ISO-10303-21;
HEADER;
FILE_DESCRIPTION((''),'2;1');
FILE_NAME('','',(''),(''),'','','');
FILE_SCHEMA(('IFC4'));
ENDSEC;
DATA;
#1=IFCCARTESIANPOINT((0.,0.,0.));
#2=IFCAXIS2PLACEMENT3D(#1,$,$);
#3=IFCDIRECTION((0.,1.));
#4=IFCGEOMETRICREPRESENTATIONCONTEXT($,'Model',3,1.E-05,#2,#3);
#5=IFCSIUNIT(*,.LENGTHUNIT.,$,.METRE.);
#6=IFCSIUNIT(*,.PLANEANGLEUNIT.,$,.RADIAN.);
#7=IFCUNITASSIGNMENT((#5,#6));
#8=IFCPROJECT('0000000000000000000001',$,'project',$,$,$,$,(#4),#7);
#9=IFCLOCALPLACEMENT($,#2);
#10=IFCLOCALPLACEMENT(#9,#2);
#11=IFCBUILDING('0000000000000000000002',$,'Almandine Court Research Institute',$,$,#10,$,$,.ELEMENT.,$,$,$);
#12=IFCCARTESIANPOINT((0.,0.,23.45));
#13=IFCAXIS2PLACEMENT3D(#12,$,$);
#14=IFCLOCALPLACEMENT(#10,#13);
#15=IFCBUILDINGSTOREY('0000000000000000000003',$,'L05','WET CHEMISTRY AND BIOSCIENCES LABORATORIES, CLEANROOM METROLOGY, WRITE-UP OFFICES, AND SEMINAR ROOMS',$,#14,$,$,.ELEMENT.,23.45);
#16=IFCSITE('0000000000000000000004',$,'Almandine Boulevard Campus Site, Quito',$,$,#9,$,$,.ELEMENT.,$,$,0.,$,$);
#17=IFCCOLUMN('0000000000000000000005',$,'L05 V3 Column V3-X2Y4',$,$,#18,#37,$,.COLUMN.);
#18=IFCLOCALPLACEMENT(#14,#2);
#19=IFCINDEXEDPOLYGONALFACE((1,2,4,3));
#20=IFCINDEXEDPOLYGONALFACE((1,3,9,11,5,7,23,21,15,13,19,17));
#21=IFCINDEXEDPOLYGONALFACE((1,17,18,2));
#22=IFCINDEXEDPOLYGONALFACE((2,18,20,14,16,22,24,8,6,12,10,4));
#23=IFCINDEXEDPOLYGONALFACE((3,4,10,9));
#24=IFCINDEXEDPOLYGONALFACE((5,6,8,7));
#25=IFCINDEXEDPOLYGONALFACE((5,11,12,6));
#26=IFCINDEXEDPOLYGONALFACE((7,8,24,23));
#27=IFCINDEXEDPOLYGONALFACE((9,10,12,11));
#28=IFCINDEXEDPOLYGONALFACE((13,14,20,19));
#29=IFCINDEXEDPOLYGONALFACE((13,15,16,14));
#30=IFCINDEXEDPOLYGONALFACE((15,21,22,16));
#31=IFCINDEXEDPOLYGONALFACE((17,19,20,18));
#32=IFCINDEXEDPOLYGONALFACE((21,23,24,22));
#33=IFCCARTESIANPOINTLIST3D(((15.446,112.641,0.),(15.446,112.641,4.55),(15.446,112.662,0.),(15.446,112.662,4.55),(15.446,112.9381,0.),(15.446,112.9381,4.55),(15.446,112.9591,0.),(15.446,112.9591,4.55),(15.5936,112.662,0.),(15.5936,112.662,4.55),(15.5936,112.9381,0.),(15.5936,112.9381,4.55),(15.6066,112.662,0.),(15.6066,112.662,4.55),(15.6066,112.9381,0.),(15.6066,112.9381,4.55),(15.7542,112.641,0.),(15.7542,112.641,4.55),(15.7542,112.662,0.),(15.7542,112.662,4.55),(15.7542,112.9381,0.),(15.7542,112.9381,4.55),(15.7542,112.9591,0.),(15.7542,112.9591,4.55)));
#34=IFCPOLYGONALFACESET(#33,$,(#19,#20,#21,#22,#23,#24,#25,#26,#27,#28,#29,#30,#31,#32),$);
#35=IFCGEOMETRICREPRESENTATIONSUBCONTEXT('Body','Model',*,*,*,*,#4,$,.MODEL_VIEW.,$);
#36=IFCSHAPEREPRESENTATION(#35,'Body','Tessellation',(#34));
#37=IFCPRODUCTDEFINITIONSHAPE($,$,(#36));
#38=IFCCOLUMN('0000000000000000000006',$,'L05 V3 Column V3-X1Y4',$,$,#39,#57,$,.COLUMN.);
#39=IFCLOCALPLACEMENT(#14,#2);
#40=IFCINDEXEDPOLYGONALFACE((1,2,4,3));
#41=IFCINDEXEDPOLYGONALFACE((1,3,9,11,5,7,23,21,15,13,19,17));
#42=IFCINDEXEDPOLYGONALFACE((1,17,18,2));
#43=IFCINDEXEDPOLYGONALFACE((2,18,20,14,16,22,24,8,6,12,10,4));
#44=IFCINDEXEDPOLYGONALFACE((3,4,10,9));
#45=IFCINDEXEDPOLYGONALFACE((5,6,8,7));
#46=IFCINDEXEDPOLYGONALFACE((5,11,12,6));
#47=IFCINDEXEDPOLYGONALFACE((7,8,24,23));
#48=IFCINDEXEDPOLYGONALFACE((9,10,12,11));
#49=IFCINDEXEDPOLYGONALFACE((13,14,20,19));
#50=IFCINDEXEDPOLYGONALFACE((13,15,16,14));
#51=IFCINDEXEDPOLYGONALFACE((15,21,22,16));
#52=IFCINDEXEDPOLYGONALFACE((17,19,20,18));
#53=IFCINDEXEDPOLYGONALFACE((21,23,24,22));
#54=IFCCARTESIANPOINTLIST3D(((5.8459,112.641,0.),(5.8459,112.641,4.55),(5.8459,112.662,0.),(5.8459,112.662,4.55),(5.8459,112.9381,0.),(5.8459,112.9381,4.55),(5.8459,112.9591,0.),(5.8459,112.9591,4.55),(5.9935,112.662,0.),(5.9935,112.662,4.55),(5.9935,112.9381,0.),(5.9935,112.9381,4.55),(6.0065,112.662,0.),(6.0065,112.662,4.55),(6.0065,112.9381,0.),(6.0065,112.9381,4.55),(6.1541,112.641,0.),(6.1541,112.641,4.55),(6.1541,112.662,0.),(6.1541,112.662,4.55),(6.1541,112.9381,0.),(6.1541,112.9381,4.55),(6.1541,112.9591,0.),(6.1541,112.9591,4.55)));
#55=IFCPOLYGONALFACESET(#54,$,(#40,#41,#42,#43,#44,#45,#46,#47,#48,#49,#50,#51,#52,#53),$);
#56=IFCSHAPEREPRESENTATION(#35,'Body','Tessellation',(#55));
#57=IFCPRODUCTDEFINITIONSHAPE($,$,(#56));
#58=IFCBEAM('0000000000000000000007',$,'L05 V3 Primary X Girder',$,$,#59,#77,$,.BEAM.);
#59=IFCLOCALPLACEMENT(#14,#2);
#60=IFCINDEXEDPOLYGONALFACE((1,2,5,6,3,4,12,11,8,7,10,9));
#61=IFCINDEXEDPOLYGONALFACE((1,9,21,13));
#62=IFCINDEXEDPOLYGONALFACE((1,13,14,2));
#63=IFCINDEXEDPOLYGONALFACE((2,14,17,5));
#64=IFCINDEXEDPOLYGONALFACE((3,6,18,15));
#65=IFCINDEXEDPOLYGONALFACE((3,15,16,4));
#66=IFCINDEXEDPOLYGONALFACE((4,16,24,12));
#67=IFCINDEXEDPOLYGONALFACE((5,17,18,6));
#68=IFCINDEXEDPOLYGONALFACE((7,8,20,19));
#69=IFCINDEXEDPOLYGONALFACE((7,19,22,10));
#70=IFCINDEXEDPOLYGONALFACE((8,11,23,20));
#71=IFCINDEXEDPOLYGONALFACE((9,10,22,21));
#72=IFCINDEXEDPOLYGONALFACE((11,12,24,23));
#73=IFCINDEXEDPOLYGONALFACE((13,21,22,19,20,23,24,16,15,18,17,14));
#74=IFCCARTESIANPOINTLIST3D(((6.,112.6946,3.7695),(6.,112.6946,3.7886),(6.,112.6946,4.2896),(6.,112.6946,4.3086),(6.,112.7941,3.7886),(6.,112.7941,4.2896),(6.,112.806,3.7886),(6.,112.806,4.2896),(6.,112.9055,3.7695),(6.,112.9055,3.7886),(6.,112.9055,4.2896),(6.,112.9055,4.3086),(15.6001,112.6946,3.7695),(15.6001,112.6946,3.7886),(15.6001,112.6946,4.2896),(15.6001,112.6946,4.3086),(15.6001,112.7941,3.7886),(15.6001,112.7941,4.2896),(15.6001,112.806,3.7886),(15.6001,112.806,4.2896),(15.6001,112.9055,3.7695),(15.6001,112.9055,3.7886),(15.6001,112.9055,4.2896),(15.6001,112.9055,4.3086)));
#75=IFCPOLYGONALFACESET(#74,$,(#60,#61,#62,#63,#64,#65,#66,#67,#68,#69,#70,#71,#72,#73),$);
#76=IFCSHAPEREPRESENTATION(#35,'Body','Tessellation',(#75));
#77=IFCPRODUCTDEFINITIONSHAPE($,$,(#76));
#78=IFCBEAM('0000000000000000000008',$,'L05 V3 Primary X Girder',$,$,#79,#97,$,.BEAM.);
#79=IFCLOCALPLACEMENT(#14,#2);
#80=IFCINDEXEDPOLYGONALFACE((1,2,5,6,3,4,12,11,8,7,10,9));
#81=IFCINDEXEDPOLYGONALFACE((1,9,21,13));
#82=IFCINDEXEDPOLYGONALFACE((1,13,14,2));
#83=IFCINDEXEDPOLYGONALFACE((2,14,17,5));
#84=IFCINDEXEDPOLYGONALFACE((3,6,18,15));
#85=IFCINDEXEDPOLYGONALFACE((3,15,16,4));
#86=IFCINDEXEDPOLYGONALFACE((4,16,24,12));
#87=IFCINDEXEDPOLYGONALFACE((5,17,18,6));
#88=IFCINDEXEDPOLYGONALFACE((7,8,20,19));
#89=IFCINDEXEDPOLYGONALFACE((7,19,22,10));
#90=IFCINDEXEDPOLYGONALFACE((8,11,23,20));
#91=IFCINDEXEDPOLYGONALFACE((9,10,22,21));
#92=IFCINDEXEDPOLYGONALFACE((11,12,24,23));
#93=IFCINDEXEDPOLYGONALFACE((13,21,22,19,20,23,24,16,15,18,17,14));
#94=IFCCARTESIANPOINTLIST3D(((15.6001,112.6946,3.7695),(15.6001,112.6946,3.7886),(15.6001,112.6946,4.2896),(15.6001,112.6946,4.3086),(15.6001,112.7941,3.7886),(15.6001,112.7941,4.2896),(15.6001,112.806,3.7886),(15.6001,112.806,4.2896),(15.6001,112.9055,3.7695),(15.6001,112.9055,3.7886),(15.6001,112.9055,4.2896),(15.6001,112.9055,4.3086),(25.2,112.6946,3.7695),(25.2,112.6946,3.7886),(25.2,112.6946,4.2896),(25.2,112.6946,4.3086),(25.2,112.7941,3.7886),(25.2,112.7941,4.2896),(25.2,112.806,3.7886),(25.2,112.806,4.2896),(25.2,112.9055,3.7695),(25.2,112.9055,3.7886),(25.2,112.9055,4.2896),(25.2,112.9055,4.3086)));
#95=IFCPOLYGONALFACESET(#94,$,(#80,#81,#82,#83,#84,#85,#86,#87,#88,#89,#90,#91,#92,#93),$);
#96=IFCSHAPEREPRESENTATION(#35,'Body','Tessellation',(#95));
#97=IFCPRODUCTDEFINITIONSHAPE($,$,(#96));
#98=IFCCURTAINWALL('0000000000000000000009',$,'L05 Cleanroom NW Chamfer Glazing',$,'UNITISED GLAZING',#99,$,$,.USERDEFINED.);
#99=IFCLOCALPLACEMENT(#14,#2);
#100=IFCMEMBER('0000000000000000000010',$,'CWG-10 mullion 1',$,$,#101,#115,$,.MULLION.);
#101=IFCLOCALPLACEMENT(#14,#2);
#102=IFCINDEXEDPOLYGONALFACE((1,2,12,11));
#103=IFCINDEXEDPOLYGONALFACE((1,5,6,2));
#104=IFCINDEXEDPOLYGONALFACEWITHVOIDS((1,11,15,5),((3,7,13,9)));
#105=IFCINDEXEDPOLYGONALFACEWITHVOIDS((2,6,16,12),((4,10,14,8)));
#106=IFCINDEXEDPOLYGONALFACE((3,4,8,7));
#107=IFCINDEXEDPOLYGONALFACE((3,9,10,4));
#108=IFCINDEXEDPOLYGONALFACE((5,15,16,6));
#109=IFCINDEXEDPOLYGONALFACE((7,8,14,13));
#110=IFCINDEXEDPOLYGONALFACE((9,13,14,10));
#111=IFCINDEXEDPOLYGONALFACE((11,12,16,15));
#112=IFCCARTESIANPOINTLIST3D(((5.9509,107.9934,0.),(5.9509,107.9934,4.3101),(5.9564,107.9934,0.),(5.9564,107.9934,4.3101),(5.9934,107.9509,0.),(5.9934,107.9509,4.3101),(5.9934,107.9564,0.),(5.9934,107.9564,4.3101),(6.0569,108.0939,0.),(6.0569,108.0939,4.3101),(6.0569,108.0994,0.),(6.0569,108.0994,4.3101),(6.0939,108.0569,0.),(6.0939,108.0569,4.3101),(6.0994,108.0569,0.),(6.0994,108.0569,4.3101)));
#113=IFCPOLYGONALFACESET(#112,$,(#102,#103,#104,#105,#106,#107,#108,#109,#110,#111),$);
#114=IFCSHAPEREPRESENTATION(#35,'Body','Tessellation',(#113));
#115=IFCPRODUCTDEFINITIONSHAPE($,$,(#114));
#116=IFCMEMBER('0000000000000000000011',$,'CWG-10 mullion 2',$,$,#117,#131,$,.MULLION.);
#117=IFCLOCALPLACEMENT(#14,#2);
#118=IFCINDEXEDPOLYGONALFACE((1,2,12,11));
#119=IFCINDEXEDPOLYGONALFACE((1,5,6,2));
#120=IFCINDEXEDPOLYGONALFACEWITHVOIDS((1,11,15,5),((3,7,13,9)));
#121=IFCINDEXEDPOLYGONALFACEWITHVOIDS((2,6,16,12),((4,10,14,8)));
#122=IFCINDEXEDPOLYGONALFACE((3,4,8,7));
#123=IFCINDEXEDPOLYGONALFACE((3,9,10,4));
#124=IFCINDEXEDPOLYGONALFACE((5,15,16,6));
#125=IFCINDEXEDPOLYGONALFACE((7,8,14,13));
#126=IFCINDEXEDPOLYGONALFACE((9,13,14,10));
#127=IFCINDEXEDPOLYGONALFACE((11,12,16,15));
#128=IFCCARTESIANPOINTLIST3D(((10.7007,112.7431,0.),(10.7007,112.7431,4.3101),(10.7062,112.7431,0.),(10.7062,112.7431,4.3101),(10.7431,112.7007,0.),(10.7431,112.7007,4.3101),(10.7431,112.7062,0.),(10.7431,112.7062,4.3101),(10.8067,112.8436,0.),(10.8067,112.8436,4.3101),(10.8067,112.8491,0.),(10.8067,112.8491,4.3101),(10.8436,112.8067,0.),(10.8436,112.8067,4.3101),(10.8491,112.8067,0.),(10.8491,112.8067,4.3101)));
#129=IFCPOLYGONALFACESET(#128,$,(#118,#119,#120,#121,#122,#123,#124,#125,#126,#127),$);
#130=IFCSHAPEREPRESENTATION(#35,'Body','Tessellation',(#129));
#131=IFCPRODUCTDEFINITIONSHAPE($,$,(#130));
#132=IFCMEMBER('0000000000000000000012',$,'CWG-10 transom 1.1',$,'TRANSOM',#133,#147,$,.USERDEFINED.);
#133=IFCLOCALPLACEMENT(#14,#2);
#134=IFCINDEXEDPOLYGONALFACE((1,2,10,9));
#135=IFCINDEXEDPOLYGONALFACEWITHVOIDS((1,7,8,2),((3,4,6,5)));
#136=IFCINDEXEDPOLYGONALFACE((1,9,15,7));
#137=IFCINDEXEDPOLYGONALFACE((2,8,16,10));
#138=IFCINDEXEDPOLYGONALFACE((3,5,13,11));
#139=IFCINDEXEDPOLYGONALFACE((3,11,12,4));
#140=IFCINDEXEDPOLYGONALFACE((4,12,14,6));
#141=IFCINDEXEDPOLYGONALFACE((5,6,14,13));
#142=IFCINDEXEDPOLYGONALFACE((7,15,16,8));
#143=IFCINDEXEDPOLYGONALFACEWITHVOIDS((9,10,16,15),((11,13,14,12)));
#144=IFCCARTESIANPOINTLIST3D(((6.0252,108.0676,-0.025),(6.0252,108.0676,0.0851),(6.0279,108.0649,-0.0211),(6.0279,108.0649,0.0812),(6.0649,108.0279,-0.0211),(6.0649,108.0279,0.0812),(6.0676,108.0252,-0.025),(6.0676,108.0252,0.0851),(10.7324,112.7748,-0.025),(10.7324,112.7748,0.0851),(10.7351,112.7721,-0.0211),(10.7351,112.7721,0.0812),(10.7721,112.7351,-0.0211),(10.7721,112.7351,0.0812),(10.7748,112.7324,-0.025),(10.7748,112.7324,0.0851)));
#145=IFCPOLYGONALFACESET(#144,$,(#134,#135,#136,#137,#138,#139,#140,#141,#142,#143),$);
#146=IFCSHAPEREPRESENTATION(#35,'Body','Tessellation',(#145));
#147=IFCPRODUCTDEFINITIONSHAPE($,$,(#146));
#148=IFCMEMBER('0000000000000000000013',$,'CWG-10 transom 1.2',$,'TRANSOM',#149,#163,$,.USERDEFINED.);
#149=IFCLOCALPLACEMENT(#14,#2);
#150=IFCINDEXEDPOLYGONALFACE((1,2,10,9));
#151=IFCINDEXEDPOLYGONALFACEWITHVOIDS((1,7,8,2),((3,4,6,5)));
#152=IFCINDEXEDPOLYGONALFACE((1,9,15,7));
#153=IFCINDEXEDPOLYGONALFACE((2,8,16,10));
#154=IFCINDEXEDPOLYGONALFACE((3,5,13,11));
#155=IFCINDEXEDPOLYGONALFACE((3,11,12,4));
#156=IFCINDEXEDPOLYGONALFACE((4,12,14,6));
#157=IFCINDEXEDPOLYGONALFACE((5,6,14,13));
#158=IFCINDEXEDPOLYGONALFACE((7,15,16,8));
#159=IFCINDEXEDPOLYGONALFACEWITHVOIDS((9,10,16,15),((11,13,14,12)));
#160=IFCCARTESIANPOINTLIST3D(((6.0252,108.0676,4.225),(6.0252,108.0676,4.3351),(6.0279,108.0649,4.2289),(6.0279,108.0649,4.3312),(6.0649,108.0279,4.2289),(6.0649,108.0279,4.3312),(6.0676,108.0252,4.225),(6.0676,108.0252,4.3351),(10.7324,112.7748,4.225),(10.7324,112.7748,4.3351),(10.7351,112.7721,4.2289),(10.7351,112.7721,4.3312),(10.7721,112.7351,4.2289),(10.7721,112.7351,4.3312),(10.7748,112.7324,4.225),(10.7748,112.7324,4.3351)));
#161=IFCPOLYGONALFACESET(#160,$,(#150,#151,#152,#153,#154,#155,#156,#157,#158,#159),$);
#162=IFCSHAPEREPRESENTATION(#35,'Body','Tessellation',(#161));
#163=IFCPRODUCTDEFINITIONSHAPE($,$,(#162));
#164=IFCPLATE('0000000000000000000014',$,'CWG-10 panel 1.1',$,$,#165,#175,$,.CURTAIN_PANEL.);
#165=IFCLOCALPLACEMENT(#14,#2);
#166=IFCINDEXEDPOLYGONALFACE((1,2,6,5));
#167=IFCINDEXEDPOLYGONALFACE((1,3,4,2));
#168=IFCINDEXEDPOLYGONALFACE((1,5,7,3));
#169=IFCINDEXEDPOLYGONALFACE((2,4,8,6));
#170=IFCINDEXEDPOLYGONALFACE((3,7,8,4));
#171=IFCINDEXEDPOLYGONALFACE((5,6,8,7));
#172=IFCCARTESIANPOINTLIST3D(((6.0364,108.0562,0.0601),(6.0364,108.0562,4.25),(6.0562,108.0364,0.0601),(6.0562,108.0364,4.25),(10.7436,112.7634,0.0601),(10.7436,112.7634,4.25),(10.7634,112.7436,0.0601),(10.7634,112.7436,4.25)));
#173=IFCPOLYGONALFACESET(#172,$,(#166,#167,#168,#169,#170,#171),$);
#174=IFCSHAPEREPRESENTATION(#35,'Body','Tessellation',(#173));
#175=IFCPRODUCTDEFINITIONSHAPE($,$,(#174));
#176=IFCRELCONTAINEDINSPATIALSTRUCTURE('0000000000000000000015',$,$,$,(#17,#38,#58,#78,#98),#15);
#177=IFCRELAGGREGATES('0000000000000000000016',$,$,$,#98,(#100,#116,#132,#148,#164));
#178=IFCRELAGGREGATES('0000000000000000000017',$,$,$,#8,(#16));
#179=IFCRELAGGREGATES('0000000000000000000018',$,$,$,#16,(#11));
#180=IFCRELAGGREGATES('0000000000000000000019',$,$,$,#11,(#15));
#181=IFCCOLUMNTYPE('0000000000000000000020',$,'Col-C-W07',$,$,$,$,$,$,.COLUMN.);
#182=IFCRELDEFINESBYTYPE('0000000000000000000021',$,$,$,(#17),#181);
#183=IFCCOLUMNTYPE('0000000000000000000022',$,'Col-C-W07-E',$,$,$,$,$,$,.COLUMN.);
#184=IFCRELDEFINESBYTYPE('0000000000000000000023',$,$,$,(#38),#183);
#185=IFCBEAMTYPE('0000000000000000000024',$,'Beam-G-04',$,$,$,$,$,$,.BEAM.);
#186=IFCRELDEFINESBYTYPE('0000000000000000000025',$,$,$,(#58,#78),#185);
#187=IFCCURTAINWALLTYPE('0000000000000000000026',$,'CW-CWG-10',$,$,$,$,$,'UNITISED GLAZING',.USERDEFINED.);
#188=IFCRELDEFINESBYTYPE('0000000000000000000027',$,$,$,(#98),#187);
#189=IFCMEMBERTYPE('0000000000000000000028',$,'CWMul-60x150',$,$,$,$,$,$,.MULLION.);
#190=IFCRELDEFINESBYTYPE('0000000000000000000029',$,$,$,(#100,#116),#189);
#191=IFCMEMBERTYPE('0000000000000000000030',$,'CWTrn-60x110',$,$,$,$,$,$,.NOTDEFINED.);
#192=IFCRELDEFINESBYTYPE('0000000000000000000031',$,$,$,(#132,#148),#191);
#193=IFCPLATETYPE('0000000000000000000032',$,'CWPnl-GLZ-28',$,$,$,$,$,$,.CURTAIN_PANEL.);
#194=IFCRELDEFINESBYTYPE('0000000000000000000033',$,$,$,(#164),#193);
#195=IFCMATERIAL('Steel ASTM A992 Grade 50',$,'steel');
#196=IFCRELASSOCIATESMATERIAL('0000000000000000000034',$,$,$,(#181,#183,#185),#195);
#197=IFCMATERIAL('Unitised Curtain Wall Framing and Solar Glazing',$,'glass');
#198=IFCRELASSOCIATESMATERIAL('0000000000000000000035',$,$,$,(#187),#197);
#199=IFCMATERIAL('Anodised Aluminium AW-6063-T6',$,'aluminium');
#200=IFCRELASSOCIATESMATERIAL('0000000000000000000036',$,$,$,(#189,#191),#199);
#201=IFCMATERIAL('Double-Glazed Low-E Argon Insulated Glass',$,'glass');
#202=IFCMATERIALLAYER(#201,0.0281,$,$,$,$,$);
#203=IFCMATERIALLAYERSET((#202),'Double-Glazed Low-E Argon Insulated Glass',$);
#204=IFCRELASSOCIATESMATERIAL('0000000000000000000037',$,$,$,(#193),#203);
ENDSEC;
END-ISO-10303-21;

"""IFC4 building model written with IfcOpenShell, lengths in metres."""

from ifc_helpers import new_model, si_unit, direction, frame, origin, origin_2d, place, context, subcontext, project, spatial, rectangle, hollow_rectangle, i_section, extrude, material, layer, layer_set, material_profile, profile_set, type_object, element, aggregate, save


model = new_model("IFC4")

# Units and contexts
model_context = context("Model", 3, precision=1e-05, world=origin(), true_north=direction((0.0, 1.0)))
body_context = subcontext(model_context, "Body", "Model", "MODEL_VIEW")
ifc_project = project(units=[si_unit("LENGTHUNIT", "METRE"), si_unit("PLANEANGLEUNIT", "RADIAN")], contexts=[model_context])

# Site, building, storey
site_placement = place(None, origin())
site = spatial("IfcSite", under=ifc_project, at=site_placement, Name="Almandine Boulevard Campus Site, Quito", CompositionType="ELEMENT", RefElevation=0.0)
building_placement = place(site_placement, origin())
building = spatial("IfcBuilding", under=site, at=building_placement, Name="Almandine Court Research Institute", CompositionType="ELEMENT")
storey_placement = place(building_placement, frame((0.0, 0.0, 23.45)))
storey = spatial("IfcBuildingStorey", under=building, at=storey_placement, Name="L05", Description="WET CHEMISTRY AND BIOSCIENCES LABORATORIES, CLEANROOM METROLOGY, WRITE-UP OFFICES, AND SEMINAR ROOMS", CompositionType="ELEMENT", Elevation=23.45)

# Columns
ifc_material_1 = material(Name="Steel ASTM A992 Grade 50", Category="steel")
ifc_material_profile_1 = material_profile(ifc_material_1, i_section(OverallWidth=0.3081, OverallDepth=0.3181, WebThickness=0.0129, FlangeThickness=0.021, at=origin_2d()), Name="W310x129")
ifc_profile_set_1 = profile_set([ifc_material_profile_1], Name="Steel ASTM A992 Grade 50")
column_type_1 = type_object("IfcColumnType", Name="Col-C-W07", PredefinedType="COLUMN", material=ifc_profile_set_1)
column_1_placement = place(storey_placement, frame((15.6001, 112.8, 0.0), z_axis=(0.0, 0.0, 1.0), x_axis=(1.0, 0.0, 0.0)))
element("IfcColumn", 1, at=column_1_placement, inside=storey, type_object=column_type_1, Name="L05 V3 Column V3-X2Y4", PredefinedType="COLUMN", context=body_context, shape_type="SweptSolid", body=[
    extrude(i_section(OverallWidth=0.3081, OverallDepth=0.3181, WebThickness=0.0129, FlangeThickness=0.021, at=origin_2d()), origin(), (0.0, 0.0, 1.0), 4.55),
])
ifc_material_profile_2 = material_profile(ifc_material_1, i_section(OverallWidth=0.3081, OverallDepth=0.3181, WebThickness=0.0129, FlangeThickness=0.021, at=origin_2d()), Name="W310x129")
ifc_profile_set_2 = profile_set([ifc_material_profile_2], Name="Steel ASTM A992 Grade 50")
column_type_2 = type_object("IfcColumnType", Name="Col-C-W07-E", PredefinedType="COLUMN", material=ifc_profile_set_2)
column_2_placement = place(storey_placement, frame((6.0, 112.8, 0.0), z_axis=(0.0, 0.0, 1.0), x_axis=(1.0, 0.0, 0.0)))
element("IfcColumn", 2, at=column_2_placement, inside=storey, type_object=column_type_2, Name="L05 V3 Column V3-X1Y4", PredefinedType="COLUMN", context=body_context, shape_type="SweptSolid", body=[
    extrude(i_section(OverallWidth=0.3081, OverallDepth=0.3181, WebThickness=0.0129, FlangeThickness=0.021, at=origin_2d()), origin(), (0.0, 0.0, 1.0), 4.55),
])

# Beams
ifc_material_profile_3 = material_profile(ifc_material_1, i_section(OverallWidth=0.2109, OverallDepth=0.5391, WebThickness=0.012, FlangeThickness=0.019, at=origin_2d()), Name="W530x109")
ifc_profile_set_3 = profile_set([ifc_material_profile_3], Name="Steel ASTM A992 Grade 50")
beam_type = type_object("IfcBeamType", Name="Beam-G-04", PredefinedType="BEAM", material=ifc_profile_set_3)
beam_1_placement = place(storey_placement, frame((6.0, 112.8, 4.0391), z_axis=(1.0, 0.0, 0.0), x_axis=(0.0, 1.0, 0.0)))
element("IfcBeam", 3, at=beam_1_placement, inside=storey, type_object=beam_type, Name="L05 V3 Primary X Girder", PredefinedType="BEAM", context=body_context, shape_type="SweptSolid", body=[
    extrude(i_section(OverallWidth=0.2109, OverallDepth=0.5391, WebThickness=0.012, FlangeThickness=0.019, at=origin_2d()), origin(), (0.0, 0.0, 1.0), 9.6001),
])
beam_2_placement = place(storey_placement, frame((15.6001, 112.8, 4.0391), z_axis=(1.0, 0.0, 0.0), x_axis=(0.0, 1.0, 0.0)))
element("IfcBeam", 4, at=beam_2_placement, inside=storey, type_object=beam_type, Name="L05 V3 Primary X Girder", PredefinedType="BEAM", context=body_context, shape_type="SweptSolid", body=[
    extrude(i_section(OverallWidth=0.2109, OverallDepth=0.5391, WebThickness=0.012, FlangeThickness=0.019, at=origin_2d()), origin(), (0.0, 0.0, 1.0), 9.5999),
])

# Curtain wall, members, plate
ifc_material_2 = material(Name="Unitised Curtain Wall Framing and Solar Glazing", Category="glass")
curtain_wall_type = type_object("IfcCurtainWallType", Name="CW-CWG-10", ElementType="UNITISED GLAZING", PredefinedType="USERDEFINED", material=ifc_material_2)
curtain_wall_placement = place(storey_placement, origin())
curtain_wall = element("IfcCurtainWall", 5, at=curtain_wall_placement, inside=storey, type_object=curtain_wall_type, Name="L05 Cleanroom NW Chamfer Glazing", ObjectType="UNITISED GLAZING", PredefinedType="USERDEFINED")
ifc_material_3 = material(Name="Anodised Aluminium AW-6063-T6", Category="aluminium")
ifc_material_profile_4 = material_profile(ifc_material_3, hollow_rectangle(XDim=0.0601, YDim=0.1499, WallThickness=0.0039, at=origin_2d()), Name="ALU RHS 60x150x4")
ifc_profile_set_4 = profile_set([ifc_material_profile_4], Name="Anodised Aluminium AW-6063-T6")
member_type_1 = type_object("IfcMemberType", Name="CWMul-60x150", PredefinedType="MULLION", material=ifc_profile_set_4)
member_1_placement = place(storey_placement, frame((6.0251, 108.0251, 0.0), z_axis=(0.0, 0.0, 1.0), x_axis=(-0.707107, 0.707107, 0.0)))
member_1 = element("IfcMember", 6, at=member_1_placement, type_object=member_type_1, Name="CWG-10 mullion 1", PredefinedType="MULLION", context=body_context, shape_type="SweptSolid", body=[
    extrude(hollow_rectangle(XDim=0.0601, YDim=0.1499, WallThickness=0.0039, at=origin_2d()), origin(), (0.0, 0.0, 1.0), 4.3101),
])
member_2_placement = place(storey_placement, frame((10.7749, 112.7749, 0.0), z_axis=(0.0, 0.0, 1.0), x_axis=(-0.707107, 0.707107, 0.0)))
member_2 = element("IfcMember", 7, at=member_2_placement, type_object=member_type_1, Name="CWG-10 mullion 2", PredefinedType="MULLION", context=body_context, shape_type="SweptSolid", body=[
    extrude(hollow_rectangle(XDim=0.0601, YDim=0.1499, WallThickness=0.0039, at=origin_2d()), origin(), (0.0, 0.0, 1.0), 4.3101),
])
ifc_material_profile_5 = material_profile(ifc_material_3, hollow_rectangle(XDim=0.0601, YDim=0.1101, WallThickness=0.0039, at=origin_2d()), Name="ALU RHS 60x110x4")
ifc_profile_set_5 = profile_set([ifc_material_profile_5], Name="Anodised Aluminium AW-6063-T6")
member_type_2 = type_object("IfcMemberType", Name="CWTrn-60x110", PredefinedType="NOTDEFINED", material=ifc_profile_set_5)
member_3_placement = place(storey_placement, frame((6.0464, 108.0464, 0.03), z_axis=(0.707107, 0.707107, 0.0), x_axis=(-0.707107, 0.707107, 0.0)))
member_3 = element("IfcMember", 8, at=member_3_placement, type_object=member_type_2, Name="CWG-10 transom 1.1", ObjectType="TRANSOM", PredefinedType="USERDEFINED", context=body_context, shape_type="SweptSolid", body=[
    extrude(hollow_rectangle(XDim=0.0601, YDim=0.1101, WallThickness=0.0039, at=origin_2d()), origin(), (0.0, 0.0, 1.0), 6.657),
])
member_4_placement = place(storey_placement, frame((6.0464, 108.0464, 4.28), z_axis=(0.707107, 0.707107, 0.0), x_axis=(-0.707107, 0.707107, 0.0)))
member_4 = element("IfcMember", 9, at=member_4_placement, type_object=member_type_2, Name="CWG-10 transom 1.2", ObjectType="TRANSOM", PredefinedType="USERDEFINED", context=body_context, shape_type="SweptSolid", body=[
    extrude(hollow_rectangle(XDim=0.0601, YDim=0.1101, WallThickness=0.0039, at=origin_2d()), origin(), (0.0, 0.0, 1.0), 6.657),
])
ifc_material_4 = material(Name="Double-Glazed Low-E Argon Insulated Glass", Category="glass")
ifc_layer_1 = layer(ifc_material_4, 0.0281)
ifc_layer_set_1 = layer_set([ifc_layer_1], Name="Double-Glazed Low-E Argon Insulated Glass")
plate_type = type_object("IfcPlateType", Name="CWPnl-GLZ-28", PredefinedType="CURTAIN_PANEL", material=ifc_layer_set_1)
plate_placement = place(storey_placement, frame((8.3999, 110.3999, 0.0601), z_axis=(0.0, 0.0, 1.0), x_axis=(0.707107, 0.707107, 0.0)))
plate = element("IfcPlate", 10, at=plate_placement, type_object=plate_type, Name="CWG-10 panel 1.1", PredefinedType="CURTAIN_PANEL", context=body_context, shape_type="SweptSolid", body=[
    extrude(rectangle(XDim=6.657, YDim=0.0281, at=origin_2d()), origin(), (0.0, 0.0, 1.0), 4.1899),
])
aggregate(curtain_wall, [member_1, member_2, member_3, member_4, plate])

save(model, "model.ifc")
